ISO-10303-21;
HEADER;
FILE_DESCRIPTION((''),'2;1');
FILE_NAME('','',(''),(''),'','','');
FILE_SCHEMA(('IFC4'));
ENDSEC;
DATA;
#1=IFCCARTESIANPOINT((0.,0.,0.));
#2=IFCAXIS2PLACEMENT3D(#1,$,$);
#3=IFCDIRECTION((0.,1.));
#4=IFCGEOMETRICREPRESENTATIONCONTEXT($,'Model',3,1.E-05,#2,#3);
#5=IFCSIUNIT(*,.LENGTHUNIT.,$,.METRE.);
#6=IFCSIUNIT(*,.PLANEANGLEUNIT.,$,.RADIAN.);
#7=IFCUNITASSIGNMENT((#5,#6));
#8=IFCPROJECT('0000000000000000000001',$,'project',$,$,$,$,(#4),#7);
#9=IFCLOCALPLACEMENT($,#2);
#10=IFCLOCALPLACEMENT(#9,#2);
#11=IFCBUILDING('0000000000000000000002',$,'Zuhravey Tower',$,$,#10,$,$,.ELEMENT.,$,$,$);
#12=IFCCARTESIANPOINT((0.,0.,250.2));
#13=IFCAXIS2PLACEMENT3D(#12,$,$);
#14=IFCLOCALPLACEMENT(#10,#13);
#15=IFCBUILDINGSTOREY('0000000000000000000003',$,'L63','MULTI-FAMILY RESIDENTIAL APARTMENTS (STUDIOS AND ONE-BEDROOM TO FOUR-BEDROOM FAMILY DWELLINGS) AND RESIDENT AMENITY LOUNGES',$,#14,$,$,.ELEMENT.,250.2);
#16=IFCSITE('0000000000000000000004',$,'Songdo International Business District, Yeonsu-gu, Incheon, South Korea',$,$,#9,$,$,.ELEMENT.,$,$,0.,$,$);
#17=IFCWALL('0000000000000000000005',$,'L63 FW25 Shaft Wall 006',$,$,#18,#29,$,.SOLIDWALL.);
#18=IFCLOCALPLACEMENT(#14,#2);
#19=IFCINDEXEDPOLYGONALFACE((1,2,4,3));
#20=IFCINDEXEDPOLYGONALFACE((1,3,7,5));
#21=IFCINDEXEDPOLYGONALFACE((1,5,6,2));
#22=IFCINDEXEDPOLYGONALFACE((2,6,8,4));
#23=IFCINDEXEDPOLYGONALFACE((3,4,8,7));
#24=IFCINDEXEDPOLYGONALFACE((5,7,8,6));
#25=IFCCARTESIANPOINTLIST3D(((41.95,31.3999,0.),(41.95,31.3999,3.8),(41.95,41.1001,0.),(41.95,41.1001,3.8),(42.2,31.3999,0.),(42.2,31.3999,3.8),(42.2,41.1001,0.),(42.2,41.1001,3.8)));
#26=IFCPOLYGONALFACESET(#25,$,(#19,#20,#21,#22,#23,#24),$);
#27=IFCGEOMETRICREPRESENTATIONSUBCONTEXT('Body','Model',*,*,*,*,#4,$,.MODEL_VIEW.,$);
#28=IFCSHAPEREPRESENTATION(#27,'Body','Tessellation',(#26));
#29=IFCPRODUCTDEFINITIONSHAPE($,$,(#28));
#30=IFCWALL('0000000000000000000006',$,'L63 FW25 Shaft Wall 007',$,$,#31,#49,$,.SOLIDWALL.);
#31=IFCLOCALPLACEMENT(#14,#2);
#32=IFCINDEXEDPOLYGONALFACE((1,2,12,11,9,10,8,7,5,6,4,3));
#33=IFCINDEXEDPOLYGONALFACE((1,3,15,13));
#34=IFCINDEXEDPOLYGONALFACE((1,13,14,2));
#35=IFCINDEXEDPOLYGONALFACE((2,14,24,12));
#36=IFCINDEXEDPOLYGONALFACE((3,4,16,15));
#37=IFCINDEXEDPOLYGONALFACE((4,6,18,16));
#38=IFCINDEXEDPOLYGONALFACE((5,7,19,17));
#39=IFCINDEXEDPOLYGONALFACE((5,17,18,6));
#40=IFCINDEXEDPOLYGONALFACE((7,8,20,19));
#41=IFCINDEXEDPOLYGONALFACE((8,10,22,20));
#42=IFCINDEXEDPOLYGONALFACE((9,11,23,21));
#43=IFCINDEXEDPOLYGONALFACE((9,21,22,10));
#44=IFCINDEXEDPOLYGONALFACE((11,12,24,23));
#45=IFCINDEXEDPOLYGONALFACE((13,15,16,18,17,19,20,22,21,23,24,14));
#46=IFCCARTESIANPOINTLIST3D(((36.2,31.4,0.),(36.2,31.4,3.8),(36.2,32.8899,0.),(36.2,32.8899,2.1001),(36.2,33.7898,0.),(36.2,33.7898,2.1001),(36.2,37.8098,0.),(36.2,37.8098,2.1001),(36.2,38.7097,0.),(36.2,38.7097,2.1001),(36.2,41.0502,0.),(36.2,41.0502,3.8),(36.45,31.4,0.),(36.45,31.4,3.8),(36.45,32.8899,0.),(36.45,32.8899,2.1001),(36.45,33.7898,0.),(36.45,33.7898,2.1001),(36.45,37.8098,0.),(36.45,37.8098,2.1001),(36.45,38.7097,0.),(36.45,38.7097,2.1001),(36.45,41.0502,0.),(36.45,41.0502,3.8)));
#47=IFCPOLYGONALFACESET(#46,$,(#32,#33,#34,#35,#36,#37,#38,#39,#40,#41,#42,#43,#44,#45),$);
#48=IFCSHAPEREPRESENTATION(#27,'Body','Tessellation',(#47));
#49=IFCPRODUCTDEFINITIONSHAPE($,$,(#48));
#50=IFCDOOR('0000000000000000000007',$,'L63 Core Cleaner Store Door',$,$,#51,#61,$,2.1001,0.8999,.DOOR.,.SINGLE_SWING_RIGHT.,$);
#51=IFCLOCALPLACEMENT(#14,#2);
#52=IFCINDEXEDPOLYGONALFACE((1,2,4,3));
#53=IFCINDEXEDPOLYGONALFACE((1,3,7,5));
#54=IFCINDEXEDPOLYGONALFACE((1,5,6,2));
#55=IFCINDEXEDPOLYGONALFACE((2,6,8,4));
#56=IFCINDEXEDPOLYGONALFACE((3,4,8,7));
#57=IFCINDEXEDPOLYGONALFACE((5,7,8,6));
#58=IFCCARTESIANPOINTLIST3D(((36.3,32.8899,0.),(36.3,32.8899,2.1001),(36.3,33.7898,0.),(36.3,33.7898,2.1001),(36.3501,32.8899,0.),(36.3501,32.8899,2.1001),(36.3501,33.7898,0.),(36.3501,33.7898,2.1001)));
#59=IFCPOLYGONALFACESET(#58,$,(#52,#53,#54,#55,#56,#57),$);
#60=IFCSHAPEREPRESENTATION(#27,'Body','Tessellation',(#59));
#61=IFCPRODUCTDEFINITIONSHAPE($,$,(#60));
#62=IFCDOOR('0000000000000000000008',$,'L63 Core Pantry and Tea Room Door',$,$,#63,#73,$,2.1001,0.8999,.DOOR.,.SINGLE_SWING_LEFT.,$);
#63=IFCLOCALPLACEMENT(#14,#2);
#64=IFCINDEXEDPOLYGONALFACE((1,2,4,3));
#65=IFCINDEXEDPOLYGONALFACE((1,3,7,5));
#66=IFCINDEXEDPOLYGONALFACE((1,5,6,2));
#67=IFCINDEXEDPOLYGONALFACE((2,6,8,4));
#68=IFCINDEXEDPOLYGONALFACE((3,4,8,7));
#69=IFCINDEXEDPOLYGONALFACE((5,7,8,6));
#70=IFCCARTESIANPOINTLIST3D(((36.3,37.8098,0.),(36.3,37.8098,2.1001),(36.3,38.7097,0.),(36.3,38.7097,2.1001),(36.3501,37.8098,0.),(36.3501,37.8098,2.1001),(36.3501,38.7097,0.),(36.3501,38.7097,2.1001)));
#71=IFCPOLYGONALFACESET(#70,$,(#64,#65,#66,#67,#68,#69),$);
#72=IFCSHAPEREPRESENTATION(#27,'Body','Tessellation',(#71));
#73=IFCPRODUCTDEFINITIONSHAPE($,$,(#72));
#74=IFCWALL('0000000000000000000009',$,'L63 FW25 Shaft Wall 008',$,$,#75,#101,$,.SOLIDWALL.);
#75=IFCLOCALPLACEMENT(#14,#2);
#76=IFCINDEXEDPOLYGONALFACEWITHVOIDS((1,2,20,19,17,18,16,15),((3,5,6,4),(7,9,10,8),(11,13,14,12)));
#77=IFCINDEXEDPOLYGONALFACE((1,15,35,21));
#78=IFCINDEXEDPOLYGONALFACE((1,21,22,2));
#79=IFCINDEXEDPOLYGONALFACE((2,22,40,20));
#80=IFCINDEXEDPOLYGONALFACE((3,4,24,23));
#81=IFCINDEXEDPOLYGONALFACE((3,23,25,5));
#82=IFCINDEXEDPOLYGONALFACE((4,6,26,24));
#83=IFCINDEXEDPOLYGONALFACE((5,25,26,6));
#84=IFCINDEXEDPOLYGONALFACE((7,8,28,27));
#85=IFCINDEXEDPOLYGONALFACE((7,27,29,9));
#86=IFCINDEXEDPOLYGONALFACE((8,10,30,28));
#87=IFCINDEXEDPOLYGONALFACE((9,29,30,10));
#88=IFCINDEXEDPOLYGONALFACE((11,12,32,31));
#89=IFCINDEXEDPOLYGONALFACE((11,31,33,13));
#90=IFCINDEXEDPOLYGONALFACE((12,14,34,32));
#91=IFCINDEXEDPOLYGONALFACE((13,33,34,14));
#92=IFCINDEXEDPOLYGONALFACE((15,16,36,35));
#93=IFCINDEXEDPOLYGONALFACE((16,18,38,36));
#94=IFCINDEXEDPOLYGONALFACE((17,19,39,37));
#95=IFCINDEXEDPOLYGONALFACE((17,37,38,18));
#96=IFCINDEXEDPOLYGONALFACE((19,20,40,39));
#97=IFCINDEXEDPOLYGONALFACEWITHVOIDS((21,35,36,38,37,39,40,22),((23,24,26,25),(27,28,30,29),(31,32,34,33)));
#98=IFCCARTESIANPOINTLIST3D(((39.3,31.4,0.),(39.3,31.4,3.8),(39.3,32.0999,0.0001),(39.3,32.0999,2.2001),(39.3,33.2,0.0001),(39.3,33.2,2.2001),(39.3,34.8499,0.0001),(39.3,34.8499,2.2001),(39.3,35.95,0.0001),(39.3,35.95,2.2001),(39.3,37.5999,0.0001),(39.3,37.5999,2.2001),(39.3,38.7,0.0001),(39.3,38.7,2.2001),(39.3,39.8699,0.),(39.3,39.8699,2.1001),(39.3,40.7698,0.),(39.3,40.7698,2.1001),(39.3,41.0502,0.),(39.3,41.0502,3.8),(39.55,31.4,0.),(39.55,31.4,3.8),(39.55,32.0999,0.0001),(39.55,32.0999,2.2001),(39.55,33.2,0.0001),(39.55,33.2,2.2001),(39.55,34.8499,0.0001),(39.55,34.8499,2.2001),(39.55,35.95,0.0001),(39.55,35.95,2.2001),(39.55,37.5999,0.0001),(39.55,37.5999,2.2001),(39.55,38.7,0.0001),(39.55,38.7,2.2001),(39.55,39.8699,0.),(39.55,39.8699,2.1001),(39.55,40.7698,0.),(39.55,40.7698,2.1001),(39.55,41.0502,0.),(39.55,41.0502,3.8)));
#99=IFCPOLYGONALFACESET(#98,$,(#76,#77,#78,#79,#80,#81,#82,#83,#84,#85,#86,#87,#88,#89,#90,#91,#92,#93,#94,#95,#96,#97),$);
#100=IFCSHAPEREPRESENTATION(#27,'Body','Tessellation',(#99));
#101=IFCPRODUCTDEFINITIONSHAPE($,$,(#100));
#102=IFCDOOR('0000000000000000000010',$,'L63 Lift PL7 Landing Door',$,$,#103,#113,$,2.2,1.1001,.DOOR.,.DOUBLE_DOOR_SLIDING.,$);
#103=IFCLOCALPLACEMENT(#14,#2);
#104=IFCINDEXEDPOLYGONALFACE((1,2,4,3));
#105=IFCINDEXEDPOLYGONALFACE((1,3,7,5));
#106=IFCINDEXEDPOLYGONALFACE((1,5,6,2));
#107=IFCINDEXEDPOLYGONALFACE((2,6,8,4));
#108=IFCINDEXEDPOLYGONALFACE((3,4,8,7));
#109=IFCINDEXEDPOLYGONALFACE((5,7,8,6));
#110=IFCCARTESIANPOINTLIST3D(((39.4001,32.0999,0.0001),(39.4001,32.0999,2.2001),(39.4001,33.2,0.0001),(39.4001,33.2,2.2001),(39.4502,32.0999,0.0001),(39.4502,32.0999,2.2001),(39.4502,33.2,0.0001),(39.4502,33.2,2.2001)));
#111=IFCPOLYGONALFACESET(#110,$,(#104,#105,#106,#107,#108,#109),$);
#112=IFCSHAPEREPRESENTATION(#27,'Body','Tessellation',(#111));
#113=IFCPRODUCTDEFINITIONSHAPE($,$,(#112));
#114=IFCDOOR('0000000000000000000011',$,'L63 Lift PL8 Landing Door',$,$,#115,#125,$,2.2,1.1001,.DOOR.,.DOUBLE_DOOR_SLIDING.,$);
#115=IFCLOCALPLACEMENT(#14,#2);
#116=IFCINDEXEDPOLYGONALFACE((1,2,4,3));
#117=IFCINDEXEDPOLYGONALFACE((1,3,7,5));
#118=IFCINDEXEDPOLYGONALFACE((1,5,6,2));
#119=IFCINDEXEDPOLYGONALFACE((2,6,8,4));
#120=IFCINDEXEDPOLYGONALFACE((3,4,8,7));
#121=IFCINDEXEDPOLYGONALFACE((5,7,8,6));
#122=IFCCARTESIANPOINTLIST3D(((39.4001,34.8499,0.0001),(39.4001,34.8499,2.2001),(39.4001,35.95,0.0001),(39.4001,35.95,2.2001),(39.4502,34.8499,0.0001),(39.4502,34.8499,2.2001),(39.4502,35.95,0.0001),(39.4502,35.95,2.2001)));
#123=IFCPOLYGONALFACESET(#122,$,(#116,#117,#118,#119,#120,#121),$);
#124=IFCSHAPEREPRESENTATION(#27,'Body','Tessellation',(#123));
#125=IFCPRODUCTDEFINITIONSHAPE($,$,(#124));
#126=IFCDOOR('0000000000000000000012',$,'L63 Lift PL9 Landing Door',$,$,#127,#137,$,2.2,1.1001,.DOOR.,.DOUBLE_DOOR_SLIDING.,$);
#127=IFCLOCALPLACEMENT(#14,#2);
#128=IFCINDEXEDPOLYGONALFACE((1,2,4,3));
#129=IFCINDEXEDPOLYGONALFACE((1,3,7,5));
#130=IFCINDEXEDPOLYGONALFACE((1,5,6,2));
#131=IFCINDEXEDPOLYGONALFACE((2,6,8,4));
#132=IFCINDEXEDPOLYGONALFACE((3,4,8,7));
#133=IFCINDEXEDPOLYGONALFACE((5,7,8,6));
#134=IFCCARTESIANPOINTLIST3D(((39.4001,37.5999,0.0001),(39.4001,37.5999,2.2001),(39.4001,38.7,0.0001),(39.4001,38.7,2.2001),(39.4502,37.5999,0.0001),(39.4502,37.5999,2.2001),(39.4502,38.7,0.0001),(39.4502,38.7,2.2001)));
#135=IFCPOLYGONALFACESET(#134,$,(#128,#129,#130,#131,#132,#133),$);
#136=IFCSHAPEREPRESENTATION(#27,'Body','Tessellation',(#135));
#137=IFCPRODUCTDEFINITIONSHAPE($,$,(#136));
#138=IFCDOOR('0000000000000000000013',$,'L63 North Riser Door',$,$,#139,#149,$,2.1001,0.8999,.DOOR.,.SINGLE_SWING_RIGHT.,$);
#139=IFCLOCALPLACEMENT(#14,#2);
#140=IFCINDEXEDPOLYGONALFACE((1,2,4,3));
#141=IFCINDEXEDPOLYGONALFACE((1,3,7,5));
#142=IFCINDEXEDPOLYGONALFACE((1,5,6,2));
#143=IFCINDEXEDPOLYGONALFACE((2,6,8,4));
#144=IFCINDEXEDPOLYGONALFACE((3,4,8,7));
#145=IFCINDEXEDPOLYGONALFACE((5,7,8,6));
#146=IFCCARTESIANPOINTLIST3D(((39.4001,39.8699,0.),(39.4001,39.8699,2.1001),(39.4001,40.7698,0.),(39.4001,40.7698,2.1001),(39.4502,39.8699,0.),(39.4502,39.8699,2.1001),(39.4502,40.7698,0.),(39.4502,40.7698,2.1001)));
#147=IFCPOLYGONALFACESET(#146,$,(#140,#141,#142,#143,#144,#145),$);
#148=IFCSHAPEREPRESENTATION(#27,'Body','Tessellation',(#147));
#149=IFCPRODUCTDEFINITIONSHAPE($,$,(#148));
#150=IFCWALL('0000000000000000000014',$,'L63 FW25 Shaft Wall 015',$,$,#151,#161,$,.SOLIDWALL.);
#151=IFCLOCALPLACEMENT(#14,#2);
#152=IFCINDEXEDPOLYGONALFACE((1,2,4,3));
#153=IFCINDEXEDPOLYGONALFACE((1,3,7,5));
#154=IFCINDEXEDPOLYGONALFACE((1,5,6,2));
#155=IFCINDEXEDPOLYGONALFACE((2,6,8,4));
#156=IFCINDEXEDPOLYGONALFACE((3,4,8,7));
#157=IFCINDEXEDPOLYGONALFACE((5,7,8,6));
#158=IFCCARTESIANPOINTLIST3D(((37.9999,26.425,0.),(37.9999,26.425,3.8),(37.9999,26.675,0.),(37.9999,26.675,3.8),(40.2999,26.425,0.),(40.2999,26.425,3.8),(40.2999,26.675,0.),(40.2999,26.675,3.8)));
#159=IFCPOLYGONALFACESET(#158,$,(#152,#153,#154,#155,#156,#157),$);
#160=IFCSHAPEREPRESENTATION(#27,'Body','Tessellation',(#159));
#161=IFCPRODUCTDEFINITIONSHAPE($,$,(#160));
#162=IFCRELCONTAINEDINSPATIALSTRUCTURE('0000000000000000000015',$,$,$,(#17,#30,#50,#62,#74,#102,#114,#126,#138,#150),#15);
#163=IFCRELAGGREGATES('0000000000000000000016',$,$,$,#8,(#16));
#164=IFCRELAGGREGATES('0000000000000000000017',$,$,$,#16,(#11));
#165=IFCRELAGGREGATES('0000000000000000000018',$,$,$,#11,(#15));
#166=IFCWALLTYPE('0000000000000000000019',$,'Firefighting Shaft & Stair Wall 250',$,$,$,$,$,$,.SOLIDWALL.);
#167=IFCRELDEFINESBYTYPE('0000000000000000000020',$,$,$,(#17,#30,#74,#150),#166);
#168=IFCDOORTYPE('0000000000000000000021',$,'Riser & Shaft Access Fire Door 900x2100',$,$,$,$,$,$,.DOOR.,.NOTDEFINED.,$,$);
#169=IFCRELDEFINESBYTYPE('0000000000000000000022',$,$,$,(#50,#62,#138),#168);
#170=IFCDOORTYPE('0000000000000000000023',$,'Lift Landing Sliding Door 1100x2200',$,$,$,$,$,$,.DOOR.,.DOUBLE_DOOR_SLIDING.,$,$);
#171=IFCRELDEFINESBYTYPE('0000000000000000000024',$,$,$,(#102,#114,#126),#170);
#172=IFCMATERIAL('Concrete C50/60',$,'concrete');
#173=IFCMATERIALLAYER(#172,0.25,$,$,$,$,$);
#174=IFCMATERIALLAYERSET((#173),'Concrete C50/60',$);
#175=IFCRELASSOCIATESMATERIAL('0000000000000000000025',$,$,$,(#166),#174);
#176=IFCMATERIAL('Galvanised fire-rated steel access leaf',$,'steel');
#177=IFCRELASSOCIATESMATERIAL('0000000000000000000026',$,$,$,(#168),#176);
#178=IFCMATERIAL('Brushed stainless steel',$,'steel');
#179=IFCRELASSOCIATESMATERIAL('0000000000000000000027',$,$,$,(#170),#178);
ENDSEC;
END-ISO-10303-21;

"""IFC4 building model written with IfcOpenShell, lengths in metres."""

from ifc_helpers import new_model, si_unit, direction, frame, frame_2d, origin, place, context, subcontext, project, spatial, rectangle, extrude, material, layer, layer_set, type_object, element, fill, save


model = new_model("IFC4")

# Units and contexts
model_context = context("Model", 3, precision=1e-05, world=origin(), true_north=direction((0.0, 1.0)))
body_context = subcontext(model_context, "Body", "Model", "MODEL_VIEW")
ifc_project = project(units=[si_unit("LENGTHUNIT", "METRE"), si_unit("PLANEANGLEUNIT", "RADIAN")], contexts=[model_context])

# Site, building, storey
site_placement = place(None, origin())
site = spatial("IfcSite", under=ifc_project, at=site_placement, Name="Songdo International Business District, Yeonsu-gu, Incheon, South Korea", CompositionType="ELEMENT", RefElevation=0.0)
building_placement = place(site_placement, origin())
building = spatial("IfcBuilding", under=site, at=building_placement, Name="Zuhravey Tower", CompositionType="ELEMENT")
storey_placement = place(building_placement, frame((0.0, 0.0, 250.2)))
storey = spatial("IfcBuildingStorey", under=building, at=storey_placement, Name="L63", Description="MULTI-FAMILY RESIDENTIAL APARTMENTS (STUDIOS AND ONE-BEDROOM TO FOUR-BEDROOM FAMILY DWELLINGS) AND RESIDENT AMENITY LOUNGES", CompositionType="ELEMENT", Elevation=250.2)

# Wall
ifc_material_1 = material(Name="Concrete C50/60", Category="concrete")
ifc_layer = layer(ifc_material_1, 0.25)
ifc_layer_set = layer_set([ifc_layer], Name="Concrete C50/60")
wall_type = type_object("IfcWallType", Name="Firefighting Shaft & Stair Wall 250", PredefinedType="SOLIDWALL", material=ifc_layer_set)
wall_1_placement = place(storey_placement, frame((42.075, 31.3999, 0.0), z_axis=(0.0, 0.0, 1.0), x_axis=(0.0, 1.0, 0.0)))
element("IfcWall", 1, at=wall_1_placement, inside=storey, type_object=wall_type, Name="L63 FW25 Shaft Wall 006", PredefinedType="SOLIDWALL", context=body_context, shape_type="SweptSolid", body=[
    extrude(rectangle(XDim=9.7002, YDim=0.25, at=frame_2d((4.8501, 0.0))), origin(), (0.0, 0.0, 1.0), 3.8),
])

# Walls, openings, doors
wall_2_placement = place(storey_placement, frame((36.325, 31.3999, 0.0), z_axis=(0.0, 0.0, 1.0), x_axis=(0.0, 1.0, 0.0)))
wall_2 = element("IfcWall", 2, at=wall_2_placement, inside=storey, type_object=wall_type, Name="L63 FW25 Shaft Wall 007", PredefinedType="SOLIDWALL", context=body_context, shape_type="SweptSolid", body=[
    extrude(rectangle(XDim=9.6501, YDim=0.25, at=frame_2d((4.8252, 0.0))), origin(), (0.0, 0.0, 1.0), 3.8),
])
opening_1_placement = place(wall_2_placement, frame((1.49, 0.0, 0.0)))
opening_1 = element("IfcOpeningElement", 3, at=opening_1_placement, cuts=wall_2, PredefinedType="OPENING", context=body_context, shape_type="SweptSolid", body=[
    extrude(rectangle(XDim=0.8999, YDim=2.1001, at=frame_2d((0.45, 1.05))), frame((0.0, 0.137, 0.0), z_axis=(0.0, -1.0, 0.0), x_axis=(1.0, 0.0, 0.0)), (0.0, 0.0, 1.0), 0.2739),
])
opening_2_placement = place(wall_2_placement, frame((6.4099, 0.0, 0.0)))
opening_2 = element("IfcOpeningElement", 4, at=opening_2_placement, cuts=wall_2, PredefinedType="OPENING", context=body_context, shape_type="SweptSolid", body=[
    extrude(rectangle(XDim=0.8999, YDim=2.1001, at=frame_2d((0.45, 1.05))), frame((0.0, 0.137, 0.0), z_axis=(0.0, -1.0, 0.0), x_axis=(1.0, 0.0, 0.0)), (0.0, 0.0, 1.0), 0.2739),
])
ifc_material_2 = material(Name="Galvanised fire-rated steel access leaf", Category="steel")
door_type_1 = type_object("IfcDoorType", Name="Riser & Shaft Access Fire Door 900x2100", OperationType="NOTDEFINED", PredefinedType="DOOR", material=ifc_material_2)
door_1_placement = place(opening_1_placement, origin())
door_1 = element("IfcDoor", 5, at=door_1_placement, inside=storey, type_object=door_type_1, Name="L63 Core Cleaner Store Door", OperationType="SINGLE_SWING_RIGHT", OverallHeight=2.1001, OverallWidth=0.8999, PredefinedType="DOOR", context=body_context, shape_type="SweptSolid", body=[
    extrude(rectangle(XDim=0.8999, YDim=2.1001, at=frame_2d((0.45, 1.05))), frame((0.0, 0.0249, 0.0), z_axis=(0.0, -1.0, 0.0), x_axis=(1.0, 0.0, 0.0)), (0.0, 0.0, 1.0), 0.05),
])
fill(opening_1, door_1)
door_2_placement = place(opening_2_placement, origin())
door_2 = element("IfcDoor", 6, at=door_2_placement, inside=storey, type_object=door_type_1, Name="L63 Core Pantry and Tea Room Door", OperationType="SINGLE_SWING_LEFT", OverallHeight=2.1001, OverallWidth=0.8999, PredefinedType="DOOR", context=body_context, shape_type="SweptSolid", body=[
    extrude(rectangle(XDim=0.8999, YDim=2.1001, at=frame_2d((0.45, 1.05))), frame((0.0, 0.0249, 0.0), z_axis=(0.0, -1.0, 0.0), x_axis=(1.0, 0.0, 0.0)), (0.0, 0.0, 1.0), 0.05),
])
fill(opening_2, door_2)
wall_3_placement = place(storey_placement, frame((39.425, 31.3999, 0.0), z_axis=(0.0, 0.0, 1.0), x_axis=(0.0, 1.0, 0.0)))
wall_3 = element("IfcWall", 7, at=wall_3_placement, inside=storey, type_object=wall_type, Name="L63 FW25 Shaft Wall 008", PredefinedType="SOLIDWALL", context=body_context, shape_type="SweptSolid", body=[
    extrude(rectangle(XDim=9.6501, YDim=0.25, at=frame_2d((4.8252, 0.0))), origin(), (0.0, 0.0, 1.0), 3.8),
])
opening_3_placement = place(wall_3_placement, frame((0.7, 0.0, 0.0)))
opening_3 = element("IfcOpeningElement", 8, at=opening_3_placement, cuts=wall_3, PredefinedType="OPENING", context=body_context, shape_type="SweptSolid", body=[
    extrude(rectangle(XDim=1.1001, YDim=2.2, at=frame_2d((0.55, 1.1001))), frame((0.0, 0.137, 0.0), z_axis=(0.0, -1.0, 0.0), x_axis=(1.0, 0.0, 0.0)), (0.0, 0.0, 1.0), 0.2739),
])
opening_4_placement = place(wall_3_placement, frame((3.45, 0.0, 0.0)))
opening_4 = element("IfcOpeningElement", 9, at=opening_4_placement, cuts=wall_3, PredefinedType="OPENING", context=body_context, shape_type="SweptSolid", body=[
    extrude(rectangle(XDim=1.1001, YDim=2.2, at=frame_2d((0.55, 1.1001))), frame((0.0, 0.137, 0.0), z_axis=(0.0, -1.0, 0.0), x_axis=(1.0, 0.0, 0.0)), (0.0, 0.0, 1.0), 0.2739),
])
opening_5_placement = place(wall_3_placement, frame((6.2, 0.0, 0.0)))
opening_5 = element("IfcOpeningElement", 10, at=opening_5_placement, cuts=wall_3, PredefinedType="OPENING", context=body_context, shape_type="SweptSolid", body=[
    extrude(rectangle(XDim=1.1001, YDim=2.2, at=frame_2d((0.55, 1.1001))), frame((0.0, 0.137, 0.0), z_axis=(0.0, -1.0, 0.0), x_axis=(1.0, 0.0, 0.0)), (0.0, 0.0, 1.0), 0.2739),
])
opening_6_placement = place(wall_3_placement, frame((8.47, 0.0, 0.0)))
opening_6 = element("IfcOpeningElement", 11, at=opening_6_placement, cuts=wall_3, PredefinedType="OPENING", context=body_context, shape_type="SweptSolid", body=[
    extrude(rectangle(XDim=0.8999, YDim=2.1001, at=frame_2d((0.45, 1.05))), frame((0.0, 0.137, 0.0), z_axis=(0.0, -1.0, 0.0), x_axis=(1.0, 0.0, 0.0)), (0.0, 0.0, 1.0), 0.2739),
])
ifc_material_3 = material(Name="Brushed stainless steel", Category="steel")
door_type_2 = type_object("IfcDoorType", Name="Lift Landing Sliding Door 1100x2200", OperationType="DOUBLE_DOOR_SLIDING", PredefinedType="DOOR", material=ifc_material_3)
door_3_placement = place(opening_3_placement, origin())
door_3 = element("IfcDoor", 12, at=door_3_placement, inside=storey, type_object=door_type_2, Name="L63 Lift PL7 Landing Door", OperationType="DOUBLE_DOOR_SLIDING", OverallHeight=2.2, OverallWidth=1.1001, PredefinedType="DOOR", context=body_context, shape_type="SweptSolid", body=[
    extrude(rectangle(XDim=1.1001, YDim=2.2, at=frame_2d((0.55, 1.1001))), frame((0.0, 0.0249, 0.0), z_axis=(0.0, -1.0, 0.0), x_axis=(1.0, 0.0, 0.0)), (0.0, 0.0, 1.0), 0.05),
])
fill(opening_3, door_3)
door_4_placement = place(opening_4_placement, origin())
door_4 = element("IfcDoor", 13, at=door_4_placement, inside=storey, type_object=door_type_2, Name="L63 Lift PL8 Landing Door", OperationType="DOUBLE_DOOR_SLIDING", OverallHeight=2.2, OverallWidth=1.1001, PredefinedType="DOOR", context=body_context, shape_type="SweptSolid", body=[
    extrude(rectangle(XDim=1.1001, YDim=2.2, at=frame_2d((0.55, 1.1001))), frame((0.0, 0.0249, 0.0), z_axis=(0.0, -1.0, 0.0), x_axis=(1.0, 0.0, 0.0)), (0.0, 0.0, 1.0), 0.05),
])
fill(opening_4, door_4)
door_5_placement = place(opening_5_placement, origin())
door_5 = element("IfcDoor", 14, at=door_5_placement, inside=storey, type_object=door_type_2, Name="L63 Lift PL9 Landing Door", OperationType="DOUBLE_DOOR_SLIDING", OverallHeight=2.2, OverallWidth=1.1001, PredefinedType="DOOR", context=body_context, shape_type="SweptSolid", body=[
    extrude(rectangle(XDim=1.1001, YDim=2.2, at=frame_2d((0.55, 1.1001))), frame((0.0, 0.0249, 0.0), z_axis=(0.0, -1.0, 0.0), x_axis=(1.0, 0.0, 0.0)), (0.0, 0.0, 1.0), 0.05),
])
fill(opening_5, door_5)
door_6_placement = place(opening_6_placement, origin())
door_6 = element("IfcDoor", 15, at=door_6_placement, inside=storey, type_object=door_type_1, Name="L63 North Riser Door", OperationType="SINGLE_SWING_RIGHT", OverallHeight=2.1001, OverallWidth=0.8999, PredefinedType="DOOR", context=body_context, shape_type="SweptSolid", body=[
    extrude(rectangle(XDim=0.8999, YDim=2.1001, at=frame_2d((0.45, 1.05))), frame((0.0, 0.0249, 0.0), z_axis=(0.0, -1.0, 0.0), x_axis=(1.0, 0.0, 0.0)), (0.0, 0.0, 1.0), 0.05),
])
fill(opening_6, door_6)

# Wall
wall_4_placement = place(storey_placement, frame((38.0, 26.55, 0.0), z_axis=(0.0, 0.0, 1.0), x_axis=(1.0, 0.0, 0.0)))
element("IfcWall", 16, at=wall_4_placement, inside=storey, type_object=wall_type, Name="L63 FW25 Shaft Wall 015", PredefinedType="SOLIDWALL", context=body_context, shape_type="SweptSolid", body=[
    extrude(rectangle(XDim=2.3, YDim=0.25, at=frame_2d((1.1499, 0.0))), origin(), (0.0, 0.0, 1.0), 3.8),
])

save(model, "model.ifc")
